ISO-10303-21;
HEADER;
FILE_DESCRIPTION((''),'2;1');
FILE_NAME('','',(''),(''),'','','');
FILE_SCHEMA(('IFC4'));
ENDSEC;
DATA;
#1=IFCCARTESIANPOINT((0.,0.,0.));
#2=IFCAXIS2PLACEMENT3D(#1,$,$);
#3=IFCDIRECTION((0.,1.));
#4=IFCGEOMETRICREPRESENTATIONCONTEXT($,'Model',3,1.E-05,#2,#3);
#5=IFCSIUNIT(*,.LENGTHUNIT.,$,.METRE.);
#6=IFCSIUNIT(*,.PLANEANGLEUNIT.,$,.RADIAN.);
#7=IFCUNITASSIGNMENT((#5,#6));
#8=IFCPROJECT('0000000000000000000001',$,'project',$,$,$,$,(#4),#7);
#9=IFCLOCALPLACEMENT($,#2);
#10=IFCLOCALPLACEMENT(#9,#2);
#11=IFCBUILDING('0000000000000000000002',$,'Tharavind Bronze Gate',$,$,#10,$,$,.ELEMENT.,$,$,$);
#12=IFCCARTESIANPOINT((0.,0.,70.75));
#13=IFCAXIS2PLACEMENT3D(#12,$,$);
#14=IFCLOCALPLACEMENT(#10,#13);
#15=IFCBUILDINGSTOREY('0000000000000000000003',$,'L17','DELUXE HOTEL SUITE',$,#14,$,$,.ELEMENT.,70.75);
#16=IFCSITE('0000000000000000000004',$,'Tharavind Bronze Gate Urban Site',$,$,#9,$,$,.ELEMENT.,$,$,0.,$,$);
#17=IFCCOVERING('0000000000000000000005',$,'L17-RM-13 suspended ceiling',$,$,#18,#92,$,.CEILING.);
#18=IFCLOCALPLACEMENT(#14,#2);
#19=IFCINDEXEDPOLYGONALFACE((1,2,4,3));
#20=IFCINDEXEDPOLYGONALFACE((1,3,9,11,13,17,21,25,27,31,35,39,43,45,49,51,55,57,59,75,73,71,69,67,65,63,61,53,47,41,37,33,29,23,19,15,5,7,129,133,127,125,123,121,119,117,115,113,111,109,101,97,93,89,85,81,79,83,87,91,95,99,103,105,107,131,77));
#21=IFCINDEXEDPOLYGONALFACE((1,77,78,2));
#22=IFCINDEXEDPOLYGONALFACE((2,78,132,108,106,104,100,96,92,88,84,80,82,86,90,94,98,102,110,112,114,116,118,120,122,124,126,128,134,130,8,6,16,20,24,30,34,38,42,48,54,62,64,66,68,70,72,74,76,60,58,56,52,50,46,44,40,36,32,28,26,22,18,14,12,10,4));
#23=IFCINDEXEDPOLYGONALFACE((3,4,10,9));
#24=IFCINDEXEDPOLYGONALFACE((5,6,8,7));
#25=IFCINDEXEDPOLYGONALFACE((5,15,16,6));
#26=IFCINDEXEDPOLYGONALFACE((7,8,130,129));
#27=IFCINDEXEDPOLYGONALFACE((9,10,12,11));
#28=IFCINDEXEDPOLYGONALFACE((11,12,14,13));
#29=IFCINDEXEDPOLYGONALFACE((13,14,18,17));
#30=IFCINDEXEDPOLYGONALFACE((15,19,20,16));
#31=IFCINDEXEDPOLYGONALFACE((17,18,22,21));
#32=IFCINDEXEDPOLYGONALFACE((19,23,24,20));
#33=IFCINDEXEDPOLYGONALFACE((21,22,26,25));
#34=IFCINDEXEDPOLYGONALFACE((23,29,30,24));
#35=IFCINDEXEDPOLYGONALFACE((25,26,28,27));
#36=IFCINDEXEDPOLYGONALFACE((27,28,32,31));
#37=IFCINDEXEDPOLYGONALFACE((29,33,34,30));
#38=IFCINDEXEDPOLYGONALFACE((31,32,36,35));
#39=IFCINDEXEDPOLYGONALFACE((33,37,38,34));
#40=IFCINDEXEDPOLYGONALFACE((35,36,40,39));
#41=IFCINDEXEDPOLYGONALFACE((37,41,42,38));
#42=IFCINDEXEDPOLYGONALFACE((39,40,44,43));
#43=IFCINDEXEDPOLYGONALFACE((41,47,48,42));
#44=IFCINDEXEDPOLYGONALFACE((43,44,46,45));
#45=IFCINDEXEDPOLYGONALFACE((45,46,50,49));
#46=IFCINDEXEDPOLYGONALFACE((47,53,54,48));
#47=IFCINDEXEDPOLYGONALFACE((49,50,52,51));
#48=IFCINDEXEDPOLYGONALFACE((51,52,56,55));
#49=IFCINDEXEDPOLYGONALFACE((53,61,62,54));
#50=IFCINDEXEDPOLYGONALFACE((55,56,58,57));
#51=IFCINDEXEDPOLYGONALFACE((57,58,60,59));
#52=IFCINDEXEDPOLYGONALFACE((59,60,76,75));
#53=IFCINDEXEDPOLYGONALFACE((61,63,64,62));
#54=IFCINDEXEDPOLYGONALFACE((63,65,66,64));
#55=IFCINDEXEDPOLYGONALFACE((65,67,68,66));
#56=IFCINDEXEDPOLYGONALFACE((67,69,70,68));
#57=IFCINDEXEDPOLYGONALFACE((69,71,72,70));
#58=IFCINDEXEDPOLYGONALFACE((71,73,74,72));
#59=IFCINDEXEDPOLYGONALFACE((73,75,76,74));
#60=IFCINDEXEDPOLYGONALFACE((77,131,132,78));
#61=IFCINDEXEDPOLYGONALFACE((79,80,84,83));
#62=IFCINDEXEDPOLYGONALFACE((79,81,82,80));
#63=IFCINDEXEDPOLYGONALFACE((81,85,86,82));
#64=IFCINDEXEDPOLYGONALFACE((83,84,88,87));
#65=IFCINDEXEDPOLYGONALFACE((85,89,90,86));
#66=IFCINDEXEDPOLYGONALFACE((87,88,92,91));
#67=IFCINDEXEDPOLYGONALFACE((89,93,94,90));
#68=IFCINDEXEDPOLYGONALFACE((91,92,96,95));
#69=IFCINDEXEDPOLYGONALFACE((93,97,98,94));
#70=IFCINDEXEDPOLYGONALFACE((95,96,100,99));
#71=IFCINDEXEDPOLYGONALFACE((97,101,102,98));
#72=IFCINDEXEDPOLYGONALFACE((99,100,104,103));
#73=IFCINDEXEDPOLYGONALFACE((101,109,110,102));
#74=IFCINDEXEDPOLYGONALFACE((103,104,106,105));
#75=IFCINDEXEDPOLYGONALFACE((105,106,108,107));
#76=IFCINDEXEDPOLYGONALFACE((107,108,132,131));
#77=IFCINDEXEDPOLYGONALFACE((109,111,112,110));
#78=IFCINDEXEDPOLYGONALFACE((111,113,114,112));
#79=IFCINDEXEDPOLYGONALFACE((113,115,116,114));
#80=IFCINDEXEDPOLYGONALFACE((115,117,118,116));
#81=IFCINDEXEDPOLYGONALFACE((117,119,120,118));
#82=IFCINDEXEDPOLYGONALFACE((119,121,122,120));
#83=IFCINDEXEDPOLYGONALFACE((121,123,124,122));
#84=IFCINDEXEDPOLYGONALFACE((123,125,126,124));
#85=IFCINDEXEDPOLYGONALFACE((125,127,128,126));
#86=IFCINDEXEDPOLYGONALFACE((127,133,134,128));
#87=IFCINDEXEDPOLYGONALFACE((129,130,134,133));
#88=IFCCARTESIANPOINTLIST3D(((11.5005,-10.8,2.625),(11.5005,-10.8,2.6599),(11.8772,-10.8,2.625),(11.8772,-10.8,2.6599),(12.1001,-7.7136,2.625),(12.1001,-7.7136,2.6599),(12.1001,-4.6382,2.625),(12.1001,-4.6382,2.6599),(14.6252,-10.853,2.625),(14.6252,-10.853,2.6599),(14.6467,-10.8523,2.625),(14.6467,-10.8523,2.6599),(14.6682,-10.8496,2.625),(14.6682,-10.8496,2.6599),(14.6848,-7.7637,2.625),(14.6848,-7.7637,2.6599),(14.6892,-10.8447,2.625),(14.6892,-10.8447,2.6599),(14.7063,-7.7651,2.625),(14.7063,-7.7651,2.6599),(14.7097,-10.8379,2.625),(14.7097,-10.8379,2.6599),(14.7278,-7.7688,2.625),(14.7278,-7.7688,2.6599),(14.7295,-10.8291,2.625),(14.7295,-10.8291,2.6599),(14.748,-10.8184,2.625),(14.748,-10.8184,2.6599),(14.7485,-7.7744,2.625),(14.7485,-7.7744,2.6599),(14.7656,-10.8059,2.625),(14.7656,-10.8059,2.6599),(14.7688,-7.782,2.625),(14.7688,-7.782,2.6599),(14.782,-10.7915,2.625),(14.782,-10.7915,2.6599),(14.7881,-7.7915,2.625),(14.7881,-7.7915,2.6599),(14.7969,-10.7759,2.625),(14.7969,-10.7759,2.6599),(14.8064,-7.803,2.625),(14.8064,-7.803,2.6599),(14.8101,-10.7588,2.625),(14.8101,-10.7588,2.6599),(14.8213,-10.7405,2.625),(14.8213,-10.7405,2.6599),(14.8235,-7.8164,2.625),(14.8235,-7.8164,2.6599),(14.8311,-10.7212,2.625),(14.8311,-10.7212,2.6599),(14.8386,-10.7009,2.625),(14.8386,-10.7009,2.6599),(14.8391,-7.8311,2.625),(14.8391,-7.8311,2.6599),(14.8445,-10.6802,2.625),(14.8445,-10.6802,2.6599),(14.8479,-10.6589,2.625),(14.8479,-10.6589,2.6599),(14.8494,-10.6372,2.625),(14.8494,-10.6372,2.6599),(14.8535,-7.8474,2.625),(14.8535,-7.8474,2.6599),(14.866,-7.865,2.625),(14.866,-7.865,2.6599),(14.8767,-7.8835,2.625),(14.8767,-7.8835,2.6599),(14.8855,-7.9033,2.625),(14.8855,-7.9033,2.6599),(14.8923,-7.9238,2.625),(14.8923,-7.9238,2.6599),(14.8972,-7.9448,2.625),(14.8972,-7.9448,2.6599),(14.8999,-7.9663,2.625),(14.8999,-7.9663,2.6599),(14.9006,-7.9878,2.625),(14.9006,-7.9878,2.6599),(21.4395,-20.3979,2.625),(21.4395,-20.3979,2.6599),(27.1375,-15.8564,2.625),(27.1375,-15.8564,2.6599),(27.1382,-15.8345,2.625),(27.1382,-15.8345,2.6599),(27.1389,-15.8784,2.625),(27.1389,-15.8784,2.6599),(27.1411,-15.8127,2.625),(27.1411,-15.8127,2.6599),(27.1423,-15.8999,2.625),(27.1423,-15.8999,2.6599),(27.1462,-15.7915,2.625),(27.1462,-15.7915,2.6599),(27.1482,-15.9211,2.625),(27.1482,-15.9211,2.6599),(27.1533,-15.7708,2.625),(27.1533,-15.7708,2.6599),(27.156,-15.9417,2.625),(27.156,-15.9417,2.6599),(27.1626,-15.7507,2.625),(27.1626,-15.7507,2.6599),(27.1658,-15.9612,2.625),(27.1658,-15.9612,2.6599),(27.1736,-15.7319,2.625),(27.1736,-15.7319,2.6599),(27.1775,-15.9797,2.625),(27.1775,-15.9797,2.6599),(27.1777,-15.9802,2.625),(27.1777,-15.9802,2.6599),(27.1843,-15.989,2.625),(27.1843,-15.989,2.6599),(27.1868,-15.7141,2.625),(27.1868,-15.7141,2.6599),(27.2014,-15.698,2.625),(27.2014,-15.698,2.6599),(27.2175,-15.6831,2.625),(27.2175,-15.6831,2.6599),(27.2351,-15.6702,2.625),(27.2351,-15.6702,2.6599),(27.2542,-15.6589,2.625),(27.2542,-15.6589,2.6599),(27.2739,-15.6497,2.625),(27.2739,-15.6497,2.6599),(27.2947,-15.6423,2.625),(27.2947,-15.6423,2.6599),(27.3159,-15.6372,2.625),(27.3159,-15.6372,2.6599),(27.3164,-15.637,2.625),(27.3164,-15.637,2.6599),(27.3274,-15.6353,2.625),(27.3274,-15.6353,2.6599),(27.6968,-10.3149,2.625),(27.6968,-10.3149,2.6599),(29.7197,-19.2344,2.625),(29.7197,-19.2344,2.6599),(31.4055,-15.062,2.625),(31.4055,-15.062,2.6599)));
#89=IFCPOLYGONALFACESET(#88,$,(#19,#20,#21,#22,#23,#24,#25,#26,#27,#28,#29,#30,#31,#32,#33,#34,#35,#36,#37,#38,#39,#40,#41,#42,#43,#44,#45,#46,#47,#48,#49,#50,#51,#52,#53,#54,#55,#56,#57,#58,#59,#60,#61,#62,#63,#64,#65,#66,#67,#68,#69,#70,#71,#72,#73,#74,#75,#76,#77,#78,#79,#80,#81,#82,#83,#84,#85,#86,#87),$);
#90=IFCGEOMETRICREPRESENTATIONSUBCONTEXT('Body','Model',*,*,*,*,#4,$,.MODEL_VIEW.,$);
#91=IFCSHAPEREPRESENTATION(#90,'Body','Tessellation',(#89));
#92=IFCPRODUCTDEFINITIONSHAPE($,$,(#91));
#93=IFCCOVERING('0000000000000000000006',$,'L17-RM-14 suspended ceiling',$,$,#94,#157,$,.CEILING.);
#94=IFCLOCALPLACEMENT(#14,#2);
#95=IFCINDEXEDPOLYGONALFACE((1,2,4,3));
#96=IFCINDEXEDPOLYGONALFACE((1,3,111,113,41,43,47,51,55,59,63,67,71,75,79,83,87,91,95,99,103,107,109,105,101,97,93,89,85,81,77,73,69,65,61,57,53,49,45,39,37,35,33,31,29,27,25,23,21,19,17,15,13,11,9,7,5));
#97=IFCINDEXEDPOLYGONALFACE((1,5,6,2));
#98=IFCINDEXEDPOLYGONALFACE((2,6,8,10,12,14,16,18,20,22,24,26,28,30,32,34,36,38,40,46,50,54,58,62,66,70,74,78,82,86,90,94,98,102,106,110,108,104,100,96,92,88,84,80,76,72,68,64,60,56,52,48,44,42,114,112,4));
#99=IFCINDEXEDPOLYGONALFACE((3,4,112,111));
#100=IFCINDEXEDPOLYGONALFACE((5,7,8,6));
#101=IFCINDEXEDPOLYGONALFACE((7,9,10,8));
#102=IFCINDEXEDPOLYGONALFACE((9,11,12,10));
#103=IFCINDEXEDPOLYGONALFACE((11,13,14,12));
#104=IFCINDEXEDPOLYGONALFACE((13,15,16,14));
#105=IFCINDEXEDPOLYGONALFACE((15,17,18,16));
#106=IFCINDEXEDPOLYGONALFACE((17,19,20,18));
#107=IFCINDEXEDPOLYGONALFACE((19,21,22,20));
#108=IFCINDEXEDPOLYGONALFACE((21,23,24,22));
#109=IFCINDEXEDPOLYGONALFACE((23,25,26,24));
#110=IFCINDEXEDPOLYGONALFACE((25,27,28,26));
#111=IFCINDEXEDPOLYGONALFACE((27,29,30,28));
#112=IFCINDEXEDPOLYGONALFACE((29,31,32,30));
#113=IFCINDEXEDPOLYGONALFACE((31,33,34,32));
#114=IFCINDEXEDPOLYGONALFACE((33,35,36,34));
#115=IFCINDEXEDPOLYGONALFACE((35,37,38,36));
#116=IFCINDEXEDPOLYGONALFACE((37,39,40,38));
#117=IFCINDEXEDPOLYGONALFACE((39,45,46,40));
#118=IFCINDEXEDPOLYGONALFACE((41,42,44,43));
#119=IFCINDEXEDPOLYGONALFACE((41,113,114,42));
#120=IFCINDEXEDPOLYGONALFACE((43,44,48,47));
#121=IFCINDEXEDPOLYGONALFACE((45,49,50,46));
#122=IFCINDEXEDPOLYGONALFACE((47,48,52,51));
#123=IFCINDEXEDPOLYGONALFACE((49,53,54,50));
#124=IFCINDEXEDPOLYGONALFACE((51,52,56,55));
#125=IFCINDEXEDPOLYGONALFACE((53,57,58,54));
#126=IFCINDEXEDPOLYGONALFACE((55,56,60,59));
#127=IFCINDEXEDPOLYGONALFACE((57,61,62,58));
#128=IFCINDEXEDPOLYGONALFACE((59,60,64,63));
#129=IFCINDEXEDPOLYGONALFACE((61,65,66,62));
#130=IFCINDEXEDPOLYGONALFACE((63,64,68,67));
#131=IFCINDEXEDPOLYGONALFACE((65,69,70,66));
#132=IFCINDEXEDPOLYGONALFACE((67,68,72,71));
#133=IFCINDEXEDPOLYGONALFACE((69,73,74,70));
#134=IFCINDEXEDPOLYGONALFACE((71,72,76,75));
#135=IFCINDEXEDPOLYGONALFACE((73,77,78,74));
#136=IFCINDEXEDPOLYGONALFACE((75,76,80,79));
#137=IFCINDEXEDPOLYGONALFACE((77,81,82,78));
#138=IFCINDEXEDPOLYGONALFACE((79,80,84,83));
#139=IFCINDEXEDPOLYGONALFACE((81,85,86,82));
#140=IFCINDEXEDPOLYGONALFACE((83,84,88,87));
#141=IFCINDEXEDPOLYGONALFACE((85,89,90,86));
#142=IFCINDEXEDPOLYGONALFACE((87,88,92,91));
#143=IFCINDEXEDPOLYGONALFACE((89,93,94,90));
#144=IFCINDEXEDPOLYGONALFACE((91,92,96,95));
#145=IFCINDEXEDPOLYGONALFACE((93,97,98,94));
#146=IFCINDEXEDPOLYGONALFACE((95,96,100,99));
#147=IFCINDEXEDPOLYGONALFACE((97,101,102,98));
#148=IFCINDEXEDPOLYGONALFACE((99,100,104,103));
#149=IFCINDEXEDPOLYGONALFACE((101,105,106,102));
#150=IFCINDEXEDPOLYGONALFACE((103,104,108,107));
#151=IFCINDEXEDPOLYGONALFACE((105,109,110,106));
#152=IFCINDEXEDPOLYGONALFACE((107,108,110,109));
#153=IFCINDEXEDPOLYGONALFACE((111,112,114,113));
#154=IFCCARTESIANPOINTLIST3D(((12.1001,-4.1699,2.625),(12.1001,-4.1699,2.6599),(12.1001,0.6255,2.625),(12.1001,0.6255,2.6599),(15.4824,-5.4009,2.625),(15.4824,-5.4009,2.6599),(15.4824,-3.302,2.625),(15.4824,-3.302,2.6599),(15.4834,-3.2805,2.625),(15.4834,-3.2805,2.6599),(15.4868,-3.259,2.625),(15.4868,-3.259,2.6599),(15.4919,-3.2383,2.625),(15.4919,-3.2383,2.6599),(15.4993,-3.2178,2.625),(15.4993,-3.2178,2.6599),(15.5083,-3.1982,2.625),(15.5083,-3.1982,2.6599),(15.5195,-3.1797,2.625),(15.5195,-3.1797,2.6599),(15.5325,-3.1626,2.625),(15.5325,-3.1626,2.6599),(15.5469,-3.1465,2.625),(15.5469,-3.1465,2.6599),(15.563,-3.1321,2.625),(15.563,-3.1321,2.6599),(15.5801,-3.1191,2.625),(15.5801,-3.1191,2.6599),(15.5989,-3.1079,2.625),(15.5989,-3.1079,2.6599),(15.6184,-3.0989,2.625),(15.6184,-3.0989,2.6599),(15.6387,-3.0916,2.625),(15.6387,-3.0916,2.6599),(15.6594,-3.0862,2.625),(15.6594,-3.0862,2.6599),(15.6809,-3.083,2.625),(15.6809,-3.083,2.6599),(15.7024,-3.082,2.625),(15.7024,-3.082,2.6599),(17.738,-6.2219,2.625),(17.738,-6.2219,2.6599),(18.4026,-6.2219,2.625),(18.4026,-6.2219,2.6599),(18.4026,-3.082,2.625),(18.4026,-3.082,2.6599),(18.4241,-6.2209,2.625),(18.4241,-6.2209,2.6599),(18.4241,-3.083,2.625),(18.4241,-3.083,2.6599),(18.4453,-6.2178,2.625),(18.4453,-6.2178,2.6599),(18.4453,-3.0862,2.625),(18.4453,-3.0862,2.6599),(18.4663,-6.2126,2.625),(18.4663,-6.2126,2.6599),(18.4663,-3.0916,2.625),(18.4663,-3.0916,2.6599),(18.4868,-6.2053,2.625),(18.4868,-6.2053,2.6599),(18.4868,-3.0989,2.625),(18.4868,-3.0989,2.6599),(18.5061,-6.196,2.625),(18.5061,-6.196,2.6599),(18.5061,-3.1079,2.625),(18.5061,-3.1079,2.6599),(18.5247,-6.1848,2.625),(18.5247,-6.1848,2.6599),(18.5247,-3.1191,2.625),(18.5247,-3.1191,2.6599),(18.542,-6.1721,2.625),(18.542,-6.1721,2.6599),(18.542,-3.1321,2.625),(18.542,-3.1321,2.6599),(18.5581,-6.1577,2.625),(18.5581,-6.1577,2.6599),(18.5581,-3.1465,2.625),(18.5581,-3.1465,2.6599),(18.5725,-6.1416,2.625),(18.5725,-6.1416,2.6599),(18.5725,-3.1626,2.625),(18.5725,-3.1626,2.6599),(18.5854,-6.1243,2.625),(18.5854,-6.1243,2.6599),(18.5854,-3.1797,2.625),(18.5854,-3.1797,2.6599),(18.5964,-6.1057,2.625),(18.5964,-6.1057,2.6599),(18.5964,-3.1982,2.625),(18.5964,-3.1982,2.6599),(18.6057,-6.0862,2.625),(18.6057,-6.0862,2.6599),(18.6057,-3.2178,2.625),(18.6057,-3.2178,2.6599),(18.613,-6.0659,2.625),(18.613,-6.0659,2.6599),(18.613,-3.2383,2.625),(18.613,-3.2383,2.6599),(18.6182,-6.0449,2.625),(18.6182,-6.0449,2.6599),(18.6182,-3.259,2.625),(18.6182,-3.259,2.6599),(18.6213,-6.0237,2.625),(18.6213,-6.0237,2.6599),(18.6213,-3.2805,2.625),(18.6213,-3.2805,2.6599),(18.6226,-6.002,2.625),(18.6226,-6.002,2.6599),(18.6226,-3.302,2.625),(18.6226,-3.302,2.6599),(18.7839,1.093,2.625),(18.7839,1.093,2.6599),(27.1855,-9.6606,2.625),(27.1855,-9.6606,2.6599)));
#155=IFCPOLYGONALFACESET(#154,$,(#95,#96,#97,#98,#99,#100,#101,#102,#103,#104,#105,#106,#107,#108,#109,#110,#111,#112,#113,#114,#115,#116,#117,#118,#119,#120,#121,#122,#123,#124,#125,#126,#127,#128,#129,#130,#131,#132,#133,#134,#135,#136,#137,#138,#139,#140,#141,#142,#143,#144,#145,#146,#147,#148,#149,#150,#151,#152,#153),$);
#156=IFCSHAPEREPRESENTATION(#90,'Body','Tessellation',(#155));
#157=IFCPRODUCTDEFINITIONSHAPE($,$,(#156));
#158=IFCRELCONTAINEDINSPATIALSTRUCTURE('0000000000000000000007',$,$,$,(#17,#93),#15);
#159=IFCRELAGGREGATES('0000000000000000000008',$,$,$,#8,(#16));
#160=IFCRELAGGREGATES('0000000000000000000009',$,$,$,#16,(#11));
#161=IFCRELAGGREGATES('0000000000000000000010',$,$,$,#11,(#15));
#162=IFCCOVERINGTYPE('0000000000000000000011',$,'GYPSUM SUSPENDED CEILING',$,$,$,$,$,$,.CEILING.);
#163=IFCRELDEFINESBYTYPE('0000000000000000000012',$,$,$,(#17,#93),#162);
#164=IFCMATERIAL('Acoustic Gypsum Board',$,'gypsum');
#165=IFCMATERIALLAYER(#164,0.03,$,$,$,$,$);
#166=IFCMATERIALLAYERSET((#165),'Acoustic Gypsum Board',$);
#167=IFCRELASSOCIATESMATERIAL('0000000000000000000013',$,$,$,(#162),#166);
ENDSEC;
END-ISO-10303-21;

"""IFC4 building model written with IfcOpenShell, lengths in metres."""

from ifc_helpers import new_model, si_unit, direction, frame, origin, place, context, subcontext, project, spatial, polyline, outline, extrude, material, layer, layer_set, type_object, element, save


model = new_model("IFC4")

# Units and contexts
model_context = context("Model", 3, precision=1e-05, world=origin(), true_north=direction((0.0, 1.0)))
body_context = subcontext(model_context, "Body", "Model", "MODEL_VIEW")
ifc_project = project(units=[si_unit("LENGTHUNIT", "METRE"), si_unit("PLANEANGLEUNIT", "RADIAN")], contexts=[model_context])

# Site, building, storey
site_placement = place(None, origin())
site = spatial("IfcSite", under=ifc_project, at=site_placement, Name="Tharavind Bronze Gate Urban Site", CompositionType="ELEMENT", RefElevation=0.0)
building_placement = place(site_placement, origin())
building = spatial("IfcBuilding", under=site, at=building_placement, Name="Tharavind Bronze Gate", CompositionType="ELEMENT")
storey_placement = place(building_placement, frame((0.0, 0.0, 70.75)))
storey = spatial("IfcBuildingStorey", under=building, at=storey_placement, Name="L17", Description="DELUXE HOTEL SUITE", CompositionType="ELEMENT", Elevation=70.75)

# Coverings
ifc_material_1 = material(Name="Acoustic Gypsum Board", Category="gypsum")
ifc_layer_1 = layer(ifc_material_1, 0.03)
ifc_layer_set_1 = layer_set([ifc_layer_1], Name="Acoustic Gypsum Board")
covering_type_1 = type_object("IfcCoveringType", Name="GYPSUM SUSPENDED CEILING", PredefinedType="CEILING", material=ifc_layer_set_1)
covering_1_placement = place(storey_placement, frame((0.0, 0.0, 2.625)))
element("IfcCovering", 1, at=covering_1_placement, inside=storey, type_object=covering_type_1, Name="L17-RM-13 suspended ceiling", PredefinedType="CEILING", context=body_context, shape_type="SweptSolid", body=[
    extrude(outline(polyline([(21.4395, -20.3979), (29.7197, -19.2344), (27.1843, -15.989), (27.1777, -15.9802), (27.1775, -15.9797), (27.1658, -15.9612), (27.156, -15.9417), (27.1482, -15.9211), (27.1423, -15.8999), (27.1389, -15.8784), (27.1375, -15.8564), (27.1382, -15.8345), (27.1411, -15.8127), (27.1462, -15.7915), (27.1533, -15.7708), (27.1626, -15.7507), (27.1736, -15.7319), (27.1868, -15.7141), (27.2014, -15.698), (27.2175, -15.6831), (27.2351, -15.6702), (27.2542, -15.6589), (27.2739, -15.6497), (27.2947, -15.6423), (27.3159, -15.6372), (27.3164, -15.637), (27.3274, -15.6353), (31.4055, -15.062), (27.6968, -10.3149), (12.1001, -4.6382), (12.1001, -7.7136), (14.6848, -7.7637), (14.7063, -7.7651), (14.7278, -7.7688), (14.7485, -7.7744), (14.7688, -7.782), (14.7881, -7.7915), (14.8064, -7.803), (14.8235, -7.8164), (14.8391, -7.8311), (14.8535, -7.8474), (14.866, -7.865), (14.8767, -7.8835), (14.8855, -7.9033), (14.8923, -7.9238), (14.8972, -7.9448), (14.8999, -7.9663), (14.9006, -7.9878), (14.8494, -10.6372), (14.8479, -10.6589), (14.8445, -10.6802), (14.8386, -10.7009), (14.8311, -10.7212), (14.8213, -10.7405), (14.8101, -10.7588), (14.7969, -10.7759), (14.782, -10.7915), (14.7656, -10.8059), (14.748, -10.8184), (14.7295, -10.8291), (14.7097, -10.8379), (14.6892, -10.8447), (14.6682, -10.8496), (14.6467, -10.8523), (14.6252, -10.853), (11.8772, -10.8), (11.5005, -10.8), (21.4395, -20.3979)])), origin(), (0.0, 0.0, 1.0), 0.0349),
])
covering_2_placement = place(storey_placement, frame((0.0, 0.0, 2.625)))
element("IfcCovering", 2, at=covering_2_placement, inside=storey, type_object=covering_type_1, Name="L17-RM-14 suspended ceiling", PredefinedType="CEILING", context=body_context, shape_type="SweptSolid", body=[
    extrude(outline(polyline([(12.1001, -4.1699), (15.4824, -5.4009), (15.4824, -3.302), (15.4834, -3.2805), (15.4868, -3.259), (15.4919, -3.2383), (15.4993, -3.2178), (15.5083, -3.1982), (15.5195, -3.1797), (15.5325, -3.1626), (15.5469, -3.1465), (15.563, -3.1321), (15.5801, -3.1191), (15.5989, -3.1079), (15.6184, -3.0989), (15.6387, -3.0916), (15.6594, -3.0862), (15.6809, -3.083), (15.7024, -3.082), (18.4026, -3.082), (18.4241, -3.083), (18.4453, -3.0862), (18.4663, -3.0916), (18.4868, -3.0989), (18.5061, -3.1079), (18.5247, -3.1191), (18.542, -3.1321), (18.5581, -3.1465), (18.5725, -3.1626), (18.5854, -3.1797), (18.5964, -3.1982), (18.6057, -3.2178), (18.613, -3.2383), (18.6182, -3.259), (18.6213, -3.2805), (18.6226, -3.302), (18.6226, -6.002), (18.6213, -6.0237), (18.6182, -6.0449), (18.613, -6.0659), (18.6057, -6.0862), (18.5964, -6.1057), (18.5854, -6.1243), (18.5725, -6.1416), (18.5581, -6.1577), (18.542, -6.1721), (18.5247, -6.1848), (18.5061, -6.196), (18.4868, -6.2053), (18.4663, -6.2126), (18.4453, -6.2178), (18.4241, -6.2209), (18.4026, -6.2219), (17.738, -6.2219), (27.1855, -9.6606), (18.7839, 1.093), (12.1001, 0.6255), (12.1001, -4.1699)])), origin(), (0.0, 0.0, 1.0), 0.0349),
])

save(model, "model.ifc")
